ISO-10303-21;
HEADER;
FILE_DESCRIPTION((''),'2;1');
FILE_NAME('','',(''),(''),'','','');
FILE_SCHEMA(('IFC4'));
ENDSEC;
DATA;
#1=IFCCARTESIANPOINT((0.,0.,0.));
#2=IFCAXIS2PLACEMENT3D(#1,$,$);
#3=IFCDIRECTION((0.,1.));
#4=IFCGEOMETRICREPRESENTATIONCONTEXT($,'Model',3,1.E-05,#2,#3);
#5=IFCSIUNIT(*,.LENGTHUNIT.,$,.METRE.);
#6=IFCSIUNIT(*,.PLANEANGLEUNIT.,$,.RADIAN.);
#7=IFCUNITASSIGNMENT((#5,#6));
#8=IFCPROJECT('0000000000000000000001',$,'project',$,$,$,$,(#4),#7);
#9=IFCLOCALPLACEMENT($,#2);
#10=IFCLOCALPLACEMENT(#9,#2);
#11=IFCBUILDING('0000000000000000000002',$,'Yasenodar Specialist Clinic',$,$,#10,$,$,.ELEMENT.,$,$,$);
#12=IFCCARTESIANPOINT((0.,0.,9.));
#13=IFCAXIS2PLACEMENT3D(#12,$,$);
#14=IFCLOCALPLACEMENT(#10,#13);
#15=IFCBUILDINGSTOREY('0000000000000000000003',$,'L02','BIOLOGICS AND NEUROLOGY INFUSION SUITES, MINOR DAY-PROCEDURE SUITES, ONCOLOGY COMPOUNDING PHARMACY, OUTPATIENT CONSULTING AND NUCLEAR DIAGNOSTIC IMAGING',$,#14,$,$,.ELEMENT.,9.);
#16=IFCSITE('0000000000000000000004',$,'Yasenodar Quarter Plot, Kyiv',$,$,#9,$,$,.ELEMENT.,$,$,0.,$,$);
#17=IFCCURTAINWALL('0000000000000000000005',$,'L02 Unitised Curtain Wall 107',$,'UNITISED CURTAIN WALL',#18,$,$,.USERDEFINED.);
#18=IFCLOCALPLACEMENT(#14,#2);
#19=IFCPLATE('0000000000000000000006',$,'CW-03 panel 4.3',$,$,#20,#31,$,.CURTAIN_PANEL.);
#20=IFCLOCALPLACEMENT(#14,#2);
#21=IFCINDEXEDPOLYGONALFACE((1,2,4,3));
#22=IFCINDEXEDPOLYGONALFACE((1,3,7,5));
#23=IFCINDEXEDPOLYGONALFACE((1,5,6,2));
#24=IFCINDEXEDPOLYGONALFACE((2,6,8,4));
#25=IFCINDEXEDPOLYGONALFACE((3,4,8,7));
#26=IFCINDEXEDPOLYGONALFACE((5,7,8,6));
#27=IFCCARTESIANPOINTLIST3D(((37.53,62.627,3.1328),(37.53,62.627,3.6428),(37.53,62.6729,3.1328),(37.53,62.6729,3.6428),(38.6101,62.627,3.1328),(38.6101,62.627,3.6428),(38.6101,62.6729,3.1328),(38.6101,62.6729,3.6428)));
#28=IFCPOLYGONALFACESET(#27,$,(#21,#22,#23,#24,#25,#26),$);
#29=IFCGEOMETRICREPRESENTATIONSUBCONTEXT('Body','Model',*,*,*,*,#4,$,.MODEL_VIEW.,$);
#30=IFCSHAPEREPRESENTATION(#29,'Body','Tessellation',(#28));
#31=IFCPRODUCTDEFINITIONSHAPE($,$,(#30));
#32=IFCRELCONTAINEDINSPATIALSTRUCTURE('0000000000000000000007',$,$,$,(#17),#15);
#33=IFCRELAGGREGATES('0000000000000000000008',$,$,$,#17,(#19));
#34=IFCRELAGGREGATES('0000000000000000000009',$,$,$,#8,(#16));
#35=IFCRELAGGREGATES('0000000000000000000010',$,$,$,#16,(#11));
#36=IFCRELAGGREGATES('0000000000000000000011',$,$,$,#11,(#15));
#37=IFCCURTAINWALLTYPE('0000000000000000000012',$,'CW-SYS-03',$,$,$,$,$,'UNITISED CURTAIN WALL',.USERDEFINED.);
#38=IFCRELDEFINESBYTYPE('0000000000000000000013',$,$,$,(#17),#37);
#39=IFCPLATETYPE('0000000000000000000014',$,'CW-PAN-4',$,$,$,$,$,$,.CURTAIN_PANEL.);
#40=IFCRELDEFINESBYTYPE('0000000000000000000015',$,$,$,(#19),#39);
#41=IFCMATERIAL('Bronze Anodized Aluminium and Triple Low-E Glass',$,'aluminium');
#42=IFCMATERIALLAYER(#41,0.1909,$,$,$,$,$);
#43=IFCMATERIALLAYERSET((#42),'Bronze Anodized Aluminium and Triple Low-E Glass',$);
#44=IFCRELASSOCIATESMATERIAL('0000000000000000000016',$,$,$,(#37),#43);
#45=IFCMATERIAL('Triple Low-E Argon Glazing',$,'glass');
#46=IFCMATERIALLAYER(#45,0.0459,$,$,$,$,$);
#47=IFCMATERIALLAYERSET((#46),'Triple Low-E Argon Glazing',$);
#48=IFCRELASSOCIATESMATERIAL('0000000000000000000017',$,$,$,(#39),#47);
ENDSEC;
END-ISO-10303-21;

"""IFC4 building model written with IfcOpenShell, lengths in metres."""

from ifc_helpers import new_model, si_unit, direction, frame, origin, origin_2d, place, context, subcontext, project, spatial, rectangle, extrude, material, layer, layer_set, type_object, element, aggregate, save


model = new_model("IFC4")

# Units and contexts
model_context = context("Model", 3, precision=1e-05, world=origin(), true_north=direction((0.0, 1.0)))
body_context = subcontext(model_context, "Body", "Model", "MODEL_VIEW")
ifc_project = project(units=[si_unit("LENGTHUNIT", "METRE"), si_unit("PLANEANGLEUNIT", "RADIAN")], contexts=[model_context])

# Site, building, storey
site_placement = place(None, origin())
site = spatial("IfcSite", under=ifc_project, at=site_placement, Name="Yasenodar Quarter Plot, Kyiv", CompositionType="ELEMENT", RefElevation=0.0)
building_placement = place(site_placement, origin())
building = spatial("IfcBuilding", under=site, at=building_placement, Name="Yasenodar Specialist Clinic", CompositionType="ELEMENT")
storey_placement = place(building_placement, frame((0.0, 0.0, 9.0)))
storey = spatial("IfcBuildingStorey", under=building, at=storey_placement, Name="L02", Description="BIOLOGICS AND NEUROLOGY INFUSION SUITES, MINOR DAY-PROCEDURE SUITES, ONCOLOGY COMPOUNDING PHARMACY, OUTPATIENT CONSULTING AND NUCLEAR DIAGNOSTIC IMAGING", CompositionType="ELEMENT", Elevation=9.0)

# Curtain wall, plate
ifc_material_1 = material(Name="Bronze Anodized Aluminium and Triple Low-E Glass", Category="aluminium")
ifc_layer_1 = layer(ifc_material_1, 0.1909)
ifc_layer_set_1 = layer_set([ifc_layer_1], Name="Bronze Anodized Aluminium and Triple Low-E Glass")
curtain_wall_type = type_object("IfcCurtainWallType", Name="CW-SYS-03", ElementType="UNITISED CURTAIN WALL", PredefinedType="USERDEFINED", material=ifc_layer_set_1)
curtain_wall_placement = place(storey_placement, origin())
curtain_wall = element("IfcCurtainWall", 1, at=curtain_wall_placement, inside=storey, type_object=curtain_wall_type, Name="L02 Unitised Curtain Wall 107", ObjectType="UNITISED CURTAIN WALL", PredefinedType="USERDEFINED")
ifc_material_2 = material(Name="Triple Low-E Argon Glazing", Category="glass")
ifc_layer_2 = layer(ifc_material_2, 0.0459)
ifc_layer_set_2 = layer_set([ifc_layer_2], Name="Triple Low-E Argon Glazing")
plate_type = type_object("IfcPlateType", Name="CW-PAN-4", PredefinedType="CURTAIN_PANEL", material=ifc_layer_set_2)
plate_1_placement = place(storey_placement, frame((38.0701, 62.6499, 3.1328), z_axis=(0.0, 0.0, 1.0), x_axis=(1.0, 0.0, 0.0)))
plate_1 = element("IfcPlate", 2, at=plate_1_placement, type_object=plate_type, Name="CW-03 panel 4.3", PredefinedType="CURTAIN_PANEL", context=body_context, shape_type="SweptSolid", body=[
    extrude(rectangle(XDim=1.0801, YDim=0.0459, at=origin_2d()), origin(), (0.0, 0.0, 1.0), 0.51),
])
aggregate(curtain_wall, [plate_1])

save(model, "model.ifc")
